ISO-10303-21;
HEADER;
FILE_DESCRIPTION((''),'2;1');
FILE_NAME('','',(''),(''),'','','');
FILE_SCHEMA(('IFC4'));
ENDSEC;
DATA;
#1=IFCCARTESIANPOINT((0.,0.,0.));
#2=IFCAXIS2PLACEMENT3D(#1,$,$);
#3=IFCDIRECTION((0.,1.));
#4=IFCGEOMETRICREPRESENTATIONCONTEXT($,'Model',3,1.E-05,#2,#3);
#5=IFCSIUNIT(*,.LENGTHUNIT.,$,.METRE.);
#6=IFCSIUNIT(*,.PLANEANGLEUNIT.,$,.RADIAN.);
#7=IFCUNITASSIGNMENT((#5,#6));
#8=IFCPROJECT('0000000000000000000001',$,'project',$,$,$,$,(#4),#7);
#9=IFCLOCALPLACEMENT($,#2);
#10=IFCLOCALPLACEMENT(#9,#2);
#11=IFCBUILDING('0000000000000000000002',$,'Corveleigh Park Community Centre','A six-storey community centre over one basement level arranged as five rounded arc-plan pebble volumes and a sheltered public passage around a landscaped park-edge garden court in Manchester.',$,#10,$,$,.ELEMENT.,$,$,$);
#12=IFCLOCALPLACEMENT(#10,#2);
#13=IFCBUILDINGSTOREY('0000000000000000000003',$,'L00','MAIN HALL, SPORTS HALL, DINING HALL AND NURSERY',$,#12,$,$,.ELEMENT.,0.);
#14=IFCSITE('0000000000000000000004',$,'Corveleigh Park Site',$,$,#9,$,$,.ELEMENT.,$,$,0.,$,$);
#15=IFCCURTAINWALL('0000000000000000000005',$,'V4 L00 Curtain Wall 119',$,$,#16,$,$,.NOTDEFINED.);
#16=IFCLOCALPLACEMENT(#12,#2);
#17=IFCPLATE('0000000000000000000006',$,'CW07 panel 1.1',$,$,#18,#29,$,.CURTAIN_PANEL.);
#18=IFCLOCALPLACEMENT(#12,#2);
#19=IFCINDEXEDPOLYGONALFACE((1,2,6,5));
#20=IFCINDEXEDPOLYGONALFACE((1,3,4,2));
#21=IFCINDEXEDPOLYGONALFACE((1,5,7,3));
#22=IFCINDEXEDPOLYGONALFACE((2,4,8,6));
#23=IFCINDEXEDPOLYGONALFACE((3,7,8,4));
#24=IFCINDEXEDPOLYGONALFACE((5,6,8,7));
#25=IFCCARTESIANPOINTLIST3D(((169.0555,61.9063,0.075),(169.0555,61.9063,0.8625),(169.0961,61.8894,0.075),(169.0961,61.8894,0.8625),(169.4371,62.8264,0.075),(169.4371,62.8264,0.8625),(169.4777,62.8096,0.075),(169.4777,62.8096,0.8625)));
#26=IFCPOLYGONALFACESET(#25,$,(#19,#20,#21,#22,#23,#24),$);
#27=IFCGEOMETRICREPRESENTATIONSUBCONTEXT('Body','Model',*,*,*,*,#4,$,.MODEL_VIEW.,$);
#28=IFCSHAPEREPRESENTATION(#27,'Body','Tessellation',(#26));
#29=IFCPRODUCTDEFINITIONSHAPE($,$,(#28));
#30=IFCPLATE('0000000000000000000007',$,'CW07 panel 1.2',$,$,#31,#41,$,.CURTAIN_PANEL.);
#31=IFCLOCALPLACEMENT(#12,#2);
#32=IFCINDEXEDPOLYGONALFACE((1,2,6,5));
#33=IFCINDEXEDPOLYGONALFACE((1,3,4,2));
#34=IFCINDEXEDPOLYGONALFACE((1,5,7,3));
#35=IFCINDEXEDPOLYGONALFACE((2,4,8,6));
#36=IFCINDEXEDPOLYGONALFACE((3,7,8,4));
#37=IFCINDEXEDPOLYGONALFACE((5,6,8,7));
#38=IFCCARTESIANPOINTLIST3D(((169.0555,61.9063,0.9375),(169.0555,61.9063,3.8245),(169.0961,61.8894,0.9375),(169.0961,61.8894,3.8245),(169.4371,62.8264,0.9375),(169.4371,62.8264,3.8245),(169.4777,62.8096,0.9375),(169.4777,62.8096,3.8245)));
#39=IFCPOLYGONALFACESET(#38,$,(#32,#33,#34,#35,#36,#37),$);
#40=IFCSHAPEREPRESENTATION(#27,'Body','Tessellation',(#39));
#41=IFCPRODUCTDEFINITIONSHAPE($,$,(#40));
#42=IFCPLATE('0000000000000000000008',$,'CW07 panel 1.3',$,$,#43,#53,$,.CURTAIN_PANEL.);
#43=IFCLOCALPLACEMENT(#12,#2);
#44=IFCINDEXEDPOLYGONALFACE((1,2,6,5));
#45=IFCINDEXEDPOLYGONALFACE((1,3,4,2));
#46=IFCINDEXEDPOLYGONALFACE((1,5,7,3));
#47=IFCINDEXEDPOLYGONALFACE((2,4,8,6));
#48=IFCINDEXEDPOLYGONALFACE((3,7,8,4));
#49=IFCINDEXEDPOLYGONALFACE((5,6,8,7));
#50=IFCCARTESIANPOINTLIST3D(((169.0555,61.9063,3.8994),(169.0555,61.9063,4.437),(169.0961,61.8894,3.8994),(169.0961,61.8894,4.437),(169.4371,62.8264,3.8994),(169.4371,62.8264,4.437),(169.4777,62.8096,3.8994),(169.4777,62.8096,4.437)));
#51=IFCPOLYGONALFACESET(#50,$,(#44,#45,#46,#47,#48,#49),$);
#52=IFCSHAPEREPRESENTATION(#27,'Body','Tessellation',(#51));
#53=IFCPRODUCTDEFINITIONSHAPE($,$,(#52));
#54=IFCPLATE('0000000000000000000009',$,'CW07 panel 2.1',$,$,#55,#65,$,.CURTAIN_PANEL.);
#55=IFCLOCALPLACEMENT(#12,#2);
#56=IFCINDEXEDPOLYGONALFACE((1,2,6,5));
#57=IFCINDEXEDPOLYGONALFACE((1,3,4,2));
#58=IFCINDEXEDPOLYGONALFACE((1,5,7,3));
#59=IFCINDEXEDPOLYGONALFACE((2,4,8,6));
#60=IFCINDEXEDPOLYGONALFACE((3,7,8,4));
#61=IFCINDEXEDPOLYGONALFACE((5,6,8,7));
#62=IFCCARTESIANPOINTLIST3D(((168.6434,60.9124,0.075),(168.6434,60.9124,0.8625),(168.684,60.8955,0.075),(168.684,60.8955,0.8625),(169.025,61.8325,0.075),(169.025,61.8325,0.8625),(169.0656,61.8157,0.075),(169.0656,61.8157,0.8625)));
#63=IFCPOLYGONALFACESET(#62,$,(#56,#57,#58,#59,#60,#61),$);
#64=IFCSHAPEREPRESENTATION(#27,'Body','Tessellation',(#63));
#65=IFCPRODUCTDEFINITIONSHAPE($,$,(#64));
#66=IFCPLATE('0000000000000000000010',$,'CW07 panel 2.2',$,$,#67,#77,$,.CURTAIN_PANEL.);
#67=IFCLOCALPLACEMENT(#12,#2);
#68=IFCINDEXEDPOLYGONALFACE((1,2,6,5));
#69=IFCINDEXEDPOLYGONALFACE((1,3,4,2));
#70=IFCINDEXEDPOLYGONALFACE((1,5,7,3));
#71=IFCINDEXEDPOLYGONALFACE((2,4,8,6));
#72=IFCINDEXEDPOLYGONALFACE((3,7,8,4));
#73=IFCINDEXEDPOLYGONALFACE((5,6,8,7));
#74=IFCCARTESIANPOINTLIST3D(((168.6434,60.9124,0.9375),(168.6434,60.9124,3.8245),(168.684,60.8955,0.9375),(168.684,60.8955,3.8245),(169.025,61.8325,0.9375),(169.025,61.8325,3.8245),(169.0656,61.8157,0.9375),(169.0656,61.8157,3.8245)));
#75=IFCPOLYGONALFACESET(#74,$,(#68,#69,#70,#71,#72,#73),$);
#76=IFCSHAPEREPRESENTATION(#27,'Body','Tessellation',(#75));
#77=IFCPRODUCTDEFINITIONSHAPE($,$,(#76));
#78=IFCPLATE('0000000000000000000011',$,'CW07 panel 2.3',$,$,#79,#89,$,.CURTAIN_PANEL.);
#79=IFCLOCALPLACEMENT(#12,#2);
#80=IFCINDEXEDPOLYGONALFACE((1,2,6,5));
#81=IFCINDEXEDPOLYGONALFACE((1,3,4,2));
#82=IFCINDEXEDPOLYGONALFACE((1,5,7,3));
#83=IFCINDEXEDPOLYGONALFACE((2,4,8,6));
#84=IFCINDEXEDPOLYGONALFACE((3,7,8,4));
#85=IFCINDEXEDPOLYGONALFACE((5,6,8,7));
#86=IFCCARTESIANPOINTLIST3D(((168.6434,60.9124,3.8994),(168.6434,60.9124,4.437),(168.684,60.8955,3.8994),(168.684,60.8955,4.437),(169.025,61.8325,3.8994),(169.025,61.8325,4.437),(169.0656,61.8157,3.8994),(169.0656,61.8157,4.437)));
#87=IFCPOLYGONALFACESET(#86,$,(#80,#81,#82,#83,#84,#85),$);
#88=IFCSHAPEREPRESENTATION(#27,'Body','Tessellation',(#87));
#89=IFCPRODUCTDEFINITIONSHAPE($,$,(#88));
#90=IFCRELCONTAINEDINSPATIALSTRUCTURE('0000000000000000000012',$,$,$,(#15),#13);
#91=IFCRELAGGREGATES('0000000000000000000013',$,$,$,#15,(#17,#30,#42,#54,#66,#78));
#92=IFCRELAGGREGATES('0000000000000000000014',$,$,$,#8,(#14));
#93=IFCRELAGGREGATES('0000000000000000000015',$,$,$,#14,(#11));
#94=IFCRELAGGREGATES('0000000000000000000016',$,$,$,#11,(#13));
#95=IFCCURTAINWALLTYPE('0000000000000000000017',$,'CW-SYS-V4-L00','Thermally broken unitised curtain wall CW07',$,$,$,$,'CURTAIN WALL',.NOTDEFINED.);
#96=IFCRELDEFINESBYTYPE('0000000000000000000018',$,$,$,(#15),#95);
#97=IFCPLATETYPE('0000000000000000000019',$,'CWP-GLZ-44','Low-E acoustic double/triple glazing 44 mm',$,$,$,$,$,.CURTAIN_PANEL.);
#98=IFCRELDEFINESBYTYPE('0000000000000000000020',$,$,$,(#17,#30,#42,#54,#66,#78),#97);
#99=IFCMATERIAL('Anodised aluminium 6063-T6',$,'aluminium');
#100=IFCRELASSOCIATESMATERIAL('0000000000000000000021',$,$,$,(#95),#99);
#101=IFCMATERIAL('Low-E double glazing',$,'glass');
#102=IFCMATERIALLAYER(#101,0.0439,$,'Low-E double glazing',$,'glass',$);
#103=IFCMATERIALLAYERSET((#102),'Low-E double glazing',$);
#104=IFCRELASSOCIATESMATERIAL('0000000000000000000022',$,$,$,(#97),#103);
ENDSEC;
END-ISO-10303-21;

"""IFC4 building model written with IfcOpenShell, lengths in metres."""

from ifc_helpers import new_model, si_unit, direction, frame, origin, origin_2d, place, context, subcontext, project, spatial, rectangle, extrude, material, layer, layer_set, type_object, element, aggregate, save


model = new_model("IFC4")

# Units and contexts
model_context = context("Model", 3, precision=1e-05, world=origin(), true_north=direction((0.0, 1.0)))
body_context = subcontext(model_context, "Body", "Model", "MODEL_VIEW")
ifc_project = project(units=[si_unit("LENGTHUNIT", "METRE"), si_unit("PLANEANGLEUNIT", "RADIAN")], contexts=[model_context])

# Site, building, storey
site_placement = place(None, origin())
site = spatial("IfcSite", under=ifc_project, at=site_placement, Name="Corveleigh Park Site", CompositionType="ELEMENT", RefElevation=0.0)
building_placement = place(site_placement, origin())
building = spatial("IfcBuilding", under=site, at=building_placement, Name="Corveleigh Park Community Centre", Description="A six-storey community centre over one basement level arranged as five rounded arc-plan pebble volumes and a sheltered public passage around a landscaped park-edge garden court in Manchester.", CompositionType="ELEMENT")
storey_placement = place(building_placement, origin())
storey = spatial("IfcBuildingStorey", under=building, at=storey_placement, Name="L00", Description="MAIN HALL, SPORTS HALL, DINING HALL AND NURSERY", CompositionType="ELEMENT", Elevation=0.0)

# Curtain wall
ifc_material_1 = material(Name="Anodised aluminium 6063-T6", Category="aluminium")
curtain_wall_type = type_object("IfcCurtainWallType", Name="CW-SYS-V4-L00", Description="Thermally broken unitised curtain wall CW07", ElementType="CURTAIN WALL", PredefinedType="NOTDEFINED", material=ifc_material_1)
curtain_wall_1_placement = place(storey_placement, origin())
curtain_wall_1 = element("IfcCurtainWall", 1, at=curtain_wall_1_placement, inside=storey, type_object=curtain_wall_type, Name="V4 L00 Curtain Wall 119", PredefinedType="NOTDEFINED")

# Plates
ifc_material_2 = material(Name="Low-E double glazing", Category="glass")
ifc_layer_1 = layer(ifc_material_2, 0.0439, Name="Low-E double glazing", Category="glass")
ifc_layer_set_1 = layer_set([ifc_layer_1], Name="Low-E double glazing")
plate_type_1 = type_object("IfcPlateType", Name="CWP-GLZ-44", Description="Low-E acoustic double/triple glazing 44 mm", PredefinedType="CURTAIN_PANEL", material=ifc_layer_set_1)
plate_1_placement = place(storey_placement, frame((169.2666, 62.3579, 0.075), z_axis=(0.0, 0.0, 1.0), x_axis=(-0.383024, -0.923738, 0.0)))
plate_1 = element("IfcPlate", 2, at=plate_1_placement, type_object=plate_type_1, Name="CW07 panel 1.1", PredefinedType="CURTAIN_PANEL", context=body_context, shape_type="SweptSolid", body=[
    extrude(rectangle(XDim=0.9961, YDim=0.0439, at=origin_2d()), origin(), (0.0, 0.0, 1.0), 0.7876),
])
plate_2_placement = place(storey_placement, frame((169.2666, 62.3579, 0.9375), z_axis=(0.0, 0.0, 1.0), x_axis=(-0.383024, -0.923738, 0.0)))
plate_2 = element("IfcPlate", 3, at=plate_2_placement, type_object=plate_type_1, Name="CW07 panel 1.2", PredefinedType="CURTAIN_PANEL", context=body_context, shape_type="SweptSolid", body=[
    extrude(rectangle(XDim=0.9961, YDim=0.0439, at=origin_2d()), origin(), (0.0, 0.0, 1.0), 2.887),
])
plate_3_placement = place(storey_placement, frame((169.2666, 62.3579, 3.8994), z_axis=(0.0, 0.0, 1.0), x_axis=(-0.383024, -0.923738, 0.0)))
plate_3 = element("IfcPlate", 4, at=plate_3_placement, type_object=plate_type_1, Name="CW07 panel 1.3", PredefinedType="CURTAIN_PANEL", context=body_context, shape_type="SweptSolid", body=[
    extrude(rectangle(XDim=0.9961, YDim=0.0439, at=origin_2d()), origin(), (0.0, 0.0, 1.0), 0.5376),
])
plate_4_placement = place(storey_placement, frame((168.8545, 61.364, 0.075), z_axis=(0.0, 0.0, 1.0), x_axis=(-0.383024, -0.923738, 0.0)))
plate_4 = element("IfcPlate", 5, at=plate_4_placement, type_object=plate_type_1, Name="CW07 panel 2.1", PredefinedType="CURTAIN_PANEL", context=body_context, shape_type="SweptSolid", body=[
    extrude(rectangle(XDim=0.9961, YDim=0.0439, at=origin_2d()), origin(), (0.0, 0.0, 1.0), 0.7876),
])
plate_5_placement = place(storey_placement, frame((168.8545, 61.364, 0.9375), z_axis=(0.0, 0.0, 1.0), x_axis=(-0.383024, -0.923738, 0.0)))
plate_5 = element("IfcPlate", 6, at=plate_5_placement, type_object=plate_type_1, Name="CW07 panel 2.2", PredefinedType="CURTAIN_PANEL", context=body_context, shape_type="SweptSolid", body=[
    extrude(rectangle(XDim=0.9961, YDim=0.0439, at=origin_2d()), origin(), (0.0, 0.0, 1.0), 2.887),
])
plate_6_placement = place(storey_placement, frame((168.8545, 61.364, 3.8994), z_axis=(0.0, 0.0, 1.0), x_axis=(-0.383024, -0.923738, 0.0)))
plate_6 = element("IfcPlate", 7, at=plate_6_placement, type_object=plate_type_1, Name="CW07 panel 2.3", PredefinedType="CURTAIN_PANEL", context=body_context, shape_type="SweptSolid", body=[
    extrude(rectangle(XDim=0.9961, YDim=0.0439, at=origin_2d()), origin(), (0.0, 0.0, 1.0), 0.5376),
])
aggregate(curtain_wall_1, [plate_1, plate_2, plate_3, plate_4, plate_5, plate_6])

save(model, "model.ifc")
